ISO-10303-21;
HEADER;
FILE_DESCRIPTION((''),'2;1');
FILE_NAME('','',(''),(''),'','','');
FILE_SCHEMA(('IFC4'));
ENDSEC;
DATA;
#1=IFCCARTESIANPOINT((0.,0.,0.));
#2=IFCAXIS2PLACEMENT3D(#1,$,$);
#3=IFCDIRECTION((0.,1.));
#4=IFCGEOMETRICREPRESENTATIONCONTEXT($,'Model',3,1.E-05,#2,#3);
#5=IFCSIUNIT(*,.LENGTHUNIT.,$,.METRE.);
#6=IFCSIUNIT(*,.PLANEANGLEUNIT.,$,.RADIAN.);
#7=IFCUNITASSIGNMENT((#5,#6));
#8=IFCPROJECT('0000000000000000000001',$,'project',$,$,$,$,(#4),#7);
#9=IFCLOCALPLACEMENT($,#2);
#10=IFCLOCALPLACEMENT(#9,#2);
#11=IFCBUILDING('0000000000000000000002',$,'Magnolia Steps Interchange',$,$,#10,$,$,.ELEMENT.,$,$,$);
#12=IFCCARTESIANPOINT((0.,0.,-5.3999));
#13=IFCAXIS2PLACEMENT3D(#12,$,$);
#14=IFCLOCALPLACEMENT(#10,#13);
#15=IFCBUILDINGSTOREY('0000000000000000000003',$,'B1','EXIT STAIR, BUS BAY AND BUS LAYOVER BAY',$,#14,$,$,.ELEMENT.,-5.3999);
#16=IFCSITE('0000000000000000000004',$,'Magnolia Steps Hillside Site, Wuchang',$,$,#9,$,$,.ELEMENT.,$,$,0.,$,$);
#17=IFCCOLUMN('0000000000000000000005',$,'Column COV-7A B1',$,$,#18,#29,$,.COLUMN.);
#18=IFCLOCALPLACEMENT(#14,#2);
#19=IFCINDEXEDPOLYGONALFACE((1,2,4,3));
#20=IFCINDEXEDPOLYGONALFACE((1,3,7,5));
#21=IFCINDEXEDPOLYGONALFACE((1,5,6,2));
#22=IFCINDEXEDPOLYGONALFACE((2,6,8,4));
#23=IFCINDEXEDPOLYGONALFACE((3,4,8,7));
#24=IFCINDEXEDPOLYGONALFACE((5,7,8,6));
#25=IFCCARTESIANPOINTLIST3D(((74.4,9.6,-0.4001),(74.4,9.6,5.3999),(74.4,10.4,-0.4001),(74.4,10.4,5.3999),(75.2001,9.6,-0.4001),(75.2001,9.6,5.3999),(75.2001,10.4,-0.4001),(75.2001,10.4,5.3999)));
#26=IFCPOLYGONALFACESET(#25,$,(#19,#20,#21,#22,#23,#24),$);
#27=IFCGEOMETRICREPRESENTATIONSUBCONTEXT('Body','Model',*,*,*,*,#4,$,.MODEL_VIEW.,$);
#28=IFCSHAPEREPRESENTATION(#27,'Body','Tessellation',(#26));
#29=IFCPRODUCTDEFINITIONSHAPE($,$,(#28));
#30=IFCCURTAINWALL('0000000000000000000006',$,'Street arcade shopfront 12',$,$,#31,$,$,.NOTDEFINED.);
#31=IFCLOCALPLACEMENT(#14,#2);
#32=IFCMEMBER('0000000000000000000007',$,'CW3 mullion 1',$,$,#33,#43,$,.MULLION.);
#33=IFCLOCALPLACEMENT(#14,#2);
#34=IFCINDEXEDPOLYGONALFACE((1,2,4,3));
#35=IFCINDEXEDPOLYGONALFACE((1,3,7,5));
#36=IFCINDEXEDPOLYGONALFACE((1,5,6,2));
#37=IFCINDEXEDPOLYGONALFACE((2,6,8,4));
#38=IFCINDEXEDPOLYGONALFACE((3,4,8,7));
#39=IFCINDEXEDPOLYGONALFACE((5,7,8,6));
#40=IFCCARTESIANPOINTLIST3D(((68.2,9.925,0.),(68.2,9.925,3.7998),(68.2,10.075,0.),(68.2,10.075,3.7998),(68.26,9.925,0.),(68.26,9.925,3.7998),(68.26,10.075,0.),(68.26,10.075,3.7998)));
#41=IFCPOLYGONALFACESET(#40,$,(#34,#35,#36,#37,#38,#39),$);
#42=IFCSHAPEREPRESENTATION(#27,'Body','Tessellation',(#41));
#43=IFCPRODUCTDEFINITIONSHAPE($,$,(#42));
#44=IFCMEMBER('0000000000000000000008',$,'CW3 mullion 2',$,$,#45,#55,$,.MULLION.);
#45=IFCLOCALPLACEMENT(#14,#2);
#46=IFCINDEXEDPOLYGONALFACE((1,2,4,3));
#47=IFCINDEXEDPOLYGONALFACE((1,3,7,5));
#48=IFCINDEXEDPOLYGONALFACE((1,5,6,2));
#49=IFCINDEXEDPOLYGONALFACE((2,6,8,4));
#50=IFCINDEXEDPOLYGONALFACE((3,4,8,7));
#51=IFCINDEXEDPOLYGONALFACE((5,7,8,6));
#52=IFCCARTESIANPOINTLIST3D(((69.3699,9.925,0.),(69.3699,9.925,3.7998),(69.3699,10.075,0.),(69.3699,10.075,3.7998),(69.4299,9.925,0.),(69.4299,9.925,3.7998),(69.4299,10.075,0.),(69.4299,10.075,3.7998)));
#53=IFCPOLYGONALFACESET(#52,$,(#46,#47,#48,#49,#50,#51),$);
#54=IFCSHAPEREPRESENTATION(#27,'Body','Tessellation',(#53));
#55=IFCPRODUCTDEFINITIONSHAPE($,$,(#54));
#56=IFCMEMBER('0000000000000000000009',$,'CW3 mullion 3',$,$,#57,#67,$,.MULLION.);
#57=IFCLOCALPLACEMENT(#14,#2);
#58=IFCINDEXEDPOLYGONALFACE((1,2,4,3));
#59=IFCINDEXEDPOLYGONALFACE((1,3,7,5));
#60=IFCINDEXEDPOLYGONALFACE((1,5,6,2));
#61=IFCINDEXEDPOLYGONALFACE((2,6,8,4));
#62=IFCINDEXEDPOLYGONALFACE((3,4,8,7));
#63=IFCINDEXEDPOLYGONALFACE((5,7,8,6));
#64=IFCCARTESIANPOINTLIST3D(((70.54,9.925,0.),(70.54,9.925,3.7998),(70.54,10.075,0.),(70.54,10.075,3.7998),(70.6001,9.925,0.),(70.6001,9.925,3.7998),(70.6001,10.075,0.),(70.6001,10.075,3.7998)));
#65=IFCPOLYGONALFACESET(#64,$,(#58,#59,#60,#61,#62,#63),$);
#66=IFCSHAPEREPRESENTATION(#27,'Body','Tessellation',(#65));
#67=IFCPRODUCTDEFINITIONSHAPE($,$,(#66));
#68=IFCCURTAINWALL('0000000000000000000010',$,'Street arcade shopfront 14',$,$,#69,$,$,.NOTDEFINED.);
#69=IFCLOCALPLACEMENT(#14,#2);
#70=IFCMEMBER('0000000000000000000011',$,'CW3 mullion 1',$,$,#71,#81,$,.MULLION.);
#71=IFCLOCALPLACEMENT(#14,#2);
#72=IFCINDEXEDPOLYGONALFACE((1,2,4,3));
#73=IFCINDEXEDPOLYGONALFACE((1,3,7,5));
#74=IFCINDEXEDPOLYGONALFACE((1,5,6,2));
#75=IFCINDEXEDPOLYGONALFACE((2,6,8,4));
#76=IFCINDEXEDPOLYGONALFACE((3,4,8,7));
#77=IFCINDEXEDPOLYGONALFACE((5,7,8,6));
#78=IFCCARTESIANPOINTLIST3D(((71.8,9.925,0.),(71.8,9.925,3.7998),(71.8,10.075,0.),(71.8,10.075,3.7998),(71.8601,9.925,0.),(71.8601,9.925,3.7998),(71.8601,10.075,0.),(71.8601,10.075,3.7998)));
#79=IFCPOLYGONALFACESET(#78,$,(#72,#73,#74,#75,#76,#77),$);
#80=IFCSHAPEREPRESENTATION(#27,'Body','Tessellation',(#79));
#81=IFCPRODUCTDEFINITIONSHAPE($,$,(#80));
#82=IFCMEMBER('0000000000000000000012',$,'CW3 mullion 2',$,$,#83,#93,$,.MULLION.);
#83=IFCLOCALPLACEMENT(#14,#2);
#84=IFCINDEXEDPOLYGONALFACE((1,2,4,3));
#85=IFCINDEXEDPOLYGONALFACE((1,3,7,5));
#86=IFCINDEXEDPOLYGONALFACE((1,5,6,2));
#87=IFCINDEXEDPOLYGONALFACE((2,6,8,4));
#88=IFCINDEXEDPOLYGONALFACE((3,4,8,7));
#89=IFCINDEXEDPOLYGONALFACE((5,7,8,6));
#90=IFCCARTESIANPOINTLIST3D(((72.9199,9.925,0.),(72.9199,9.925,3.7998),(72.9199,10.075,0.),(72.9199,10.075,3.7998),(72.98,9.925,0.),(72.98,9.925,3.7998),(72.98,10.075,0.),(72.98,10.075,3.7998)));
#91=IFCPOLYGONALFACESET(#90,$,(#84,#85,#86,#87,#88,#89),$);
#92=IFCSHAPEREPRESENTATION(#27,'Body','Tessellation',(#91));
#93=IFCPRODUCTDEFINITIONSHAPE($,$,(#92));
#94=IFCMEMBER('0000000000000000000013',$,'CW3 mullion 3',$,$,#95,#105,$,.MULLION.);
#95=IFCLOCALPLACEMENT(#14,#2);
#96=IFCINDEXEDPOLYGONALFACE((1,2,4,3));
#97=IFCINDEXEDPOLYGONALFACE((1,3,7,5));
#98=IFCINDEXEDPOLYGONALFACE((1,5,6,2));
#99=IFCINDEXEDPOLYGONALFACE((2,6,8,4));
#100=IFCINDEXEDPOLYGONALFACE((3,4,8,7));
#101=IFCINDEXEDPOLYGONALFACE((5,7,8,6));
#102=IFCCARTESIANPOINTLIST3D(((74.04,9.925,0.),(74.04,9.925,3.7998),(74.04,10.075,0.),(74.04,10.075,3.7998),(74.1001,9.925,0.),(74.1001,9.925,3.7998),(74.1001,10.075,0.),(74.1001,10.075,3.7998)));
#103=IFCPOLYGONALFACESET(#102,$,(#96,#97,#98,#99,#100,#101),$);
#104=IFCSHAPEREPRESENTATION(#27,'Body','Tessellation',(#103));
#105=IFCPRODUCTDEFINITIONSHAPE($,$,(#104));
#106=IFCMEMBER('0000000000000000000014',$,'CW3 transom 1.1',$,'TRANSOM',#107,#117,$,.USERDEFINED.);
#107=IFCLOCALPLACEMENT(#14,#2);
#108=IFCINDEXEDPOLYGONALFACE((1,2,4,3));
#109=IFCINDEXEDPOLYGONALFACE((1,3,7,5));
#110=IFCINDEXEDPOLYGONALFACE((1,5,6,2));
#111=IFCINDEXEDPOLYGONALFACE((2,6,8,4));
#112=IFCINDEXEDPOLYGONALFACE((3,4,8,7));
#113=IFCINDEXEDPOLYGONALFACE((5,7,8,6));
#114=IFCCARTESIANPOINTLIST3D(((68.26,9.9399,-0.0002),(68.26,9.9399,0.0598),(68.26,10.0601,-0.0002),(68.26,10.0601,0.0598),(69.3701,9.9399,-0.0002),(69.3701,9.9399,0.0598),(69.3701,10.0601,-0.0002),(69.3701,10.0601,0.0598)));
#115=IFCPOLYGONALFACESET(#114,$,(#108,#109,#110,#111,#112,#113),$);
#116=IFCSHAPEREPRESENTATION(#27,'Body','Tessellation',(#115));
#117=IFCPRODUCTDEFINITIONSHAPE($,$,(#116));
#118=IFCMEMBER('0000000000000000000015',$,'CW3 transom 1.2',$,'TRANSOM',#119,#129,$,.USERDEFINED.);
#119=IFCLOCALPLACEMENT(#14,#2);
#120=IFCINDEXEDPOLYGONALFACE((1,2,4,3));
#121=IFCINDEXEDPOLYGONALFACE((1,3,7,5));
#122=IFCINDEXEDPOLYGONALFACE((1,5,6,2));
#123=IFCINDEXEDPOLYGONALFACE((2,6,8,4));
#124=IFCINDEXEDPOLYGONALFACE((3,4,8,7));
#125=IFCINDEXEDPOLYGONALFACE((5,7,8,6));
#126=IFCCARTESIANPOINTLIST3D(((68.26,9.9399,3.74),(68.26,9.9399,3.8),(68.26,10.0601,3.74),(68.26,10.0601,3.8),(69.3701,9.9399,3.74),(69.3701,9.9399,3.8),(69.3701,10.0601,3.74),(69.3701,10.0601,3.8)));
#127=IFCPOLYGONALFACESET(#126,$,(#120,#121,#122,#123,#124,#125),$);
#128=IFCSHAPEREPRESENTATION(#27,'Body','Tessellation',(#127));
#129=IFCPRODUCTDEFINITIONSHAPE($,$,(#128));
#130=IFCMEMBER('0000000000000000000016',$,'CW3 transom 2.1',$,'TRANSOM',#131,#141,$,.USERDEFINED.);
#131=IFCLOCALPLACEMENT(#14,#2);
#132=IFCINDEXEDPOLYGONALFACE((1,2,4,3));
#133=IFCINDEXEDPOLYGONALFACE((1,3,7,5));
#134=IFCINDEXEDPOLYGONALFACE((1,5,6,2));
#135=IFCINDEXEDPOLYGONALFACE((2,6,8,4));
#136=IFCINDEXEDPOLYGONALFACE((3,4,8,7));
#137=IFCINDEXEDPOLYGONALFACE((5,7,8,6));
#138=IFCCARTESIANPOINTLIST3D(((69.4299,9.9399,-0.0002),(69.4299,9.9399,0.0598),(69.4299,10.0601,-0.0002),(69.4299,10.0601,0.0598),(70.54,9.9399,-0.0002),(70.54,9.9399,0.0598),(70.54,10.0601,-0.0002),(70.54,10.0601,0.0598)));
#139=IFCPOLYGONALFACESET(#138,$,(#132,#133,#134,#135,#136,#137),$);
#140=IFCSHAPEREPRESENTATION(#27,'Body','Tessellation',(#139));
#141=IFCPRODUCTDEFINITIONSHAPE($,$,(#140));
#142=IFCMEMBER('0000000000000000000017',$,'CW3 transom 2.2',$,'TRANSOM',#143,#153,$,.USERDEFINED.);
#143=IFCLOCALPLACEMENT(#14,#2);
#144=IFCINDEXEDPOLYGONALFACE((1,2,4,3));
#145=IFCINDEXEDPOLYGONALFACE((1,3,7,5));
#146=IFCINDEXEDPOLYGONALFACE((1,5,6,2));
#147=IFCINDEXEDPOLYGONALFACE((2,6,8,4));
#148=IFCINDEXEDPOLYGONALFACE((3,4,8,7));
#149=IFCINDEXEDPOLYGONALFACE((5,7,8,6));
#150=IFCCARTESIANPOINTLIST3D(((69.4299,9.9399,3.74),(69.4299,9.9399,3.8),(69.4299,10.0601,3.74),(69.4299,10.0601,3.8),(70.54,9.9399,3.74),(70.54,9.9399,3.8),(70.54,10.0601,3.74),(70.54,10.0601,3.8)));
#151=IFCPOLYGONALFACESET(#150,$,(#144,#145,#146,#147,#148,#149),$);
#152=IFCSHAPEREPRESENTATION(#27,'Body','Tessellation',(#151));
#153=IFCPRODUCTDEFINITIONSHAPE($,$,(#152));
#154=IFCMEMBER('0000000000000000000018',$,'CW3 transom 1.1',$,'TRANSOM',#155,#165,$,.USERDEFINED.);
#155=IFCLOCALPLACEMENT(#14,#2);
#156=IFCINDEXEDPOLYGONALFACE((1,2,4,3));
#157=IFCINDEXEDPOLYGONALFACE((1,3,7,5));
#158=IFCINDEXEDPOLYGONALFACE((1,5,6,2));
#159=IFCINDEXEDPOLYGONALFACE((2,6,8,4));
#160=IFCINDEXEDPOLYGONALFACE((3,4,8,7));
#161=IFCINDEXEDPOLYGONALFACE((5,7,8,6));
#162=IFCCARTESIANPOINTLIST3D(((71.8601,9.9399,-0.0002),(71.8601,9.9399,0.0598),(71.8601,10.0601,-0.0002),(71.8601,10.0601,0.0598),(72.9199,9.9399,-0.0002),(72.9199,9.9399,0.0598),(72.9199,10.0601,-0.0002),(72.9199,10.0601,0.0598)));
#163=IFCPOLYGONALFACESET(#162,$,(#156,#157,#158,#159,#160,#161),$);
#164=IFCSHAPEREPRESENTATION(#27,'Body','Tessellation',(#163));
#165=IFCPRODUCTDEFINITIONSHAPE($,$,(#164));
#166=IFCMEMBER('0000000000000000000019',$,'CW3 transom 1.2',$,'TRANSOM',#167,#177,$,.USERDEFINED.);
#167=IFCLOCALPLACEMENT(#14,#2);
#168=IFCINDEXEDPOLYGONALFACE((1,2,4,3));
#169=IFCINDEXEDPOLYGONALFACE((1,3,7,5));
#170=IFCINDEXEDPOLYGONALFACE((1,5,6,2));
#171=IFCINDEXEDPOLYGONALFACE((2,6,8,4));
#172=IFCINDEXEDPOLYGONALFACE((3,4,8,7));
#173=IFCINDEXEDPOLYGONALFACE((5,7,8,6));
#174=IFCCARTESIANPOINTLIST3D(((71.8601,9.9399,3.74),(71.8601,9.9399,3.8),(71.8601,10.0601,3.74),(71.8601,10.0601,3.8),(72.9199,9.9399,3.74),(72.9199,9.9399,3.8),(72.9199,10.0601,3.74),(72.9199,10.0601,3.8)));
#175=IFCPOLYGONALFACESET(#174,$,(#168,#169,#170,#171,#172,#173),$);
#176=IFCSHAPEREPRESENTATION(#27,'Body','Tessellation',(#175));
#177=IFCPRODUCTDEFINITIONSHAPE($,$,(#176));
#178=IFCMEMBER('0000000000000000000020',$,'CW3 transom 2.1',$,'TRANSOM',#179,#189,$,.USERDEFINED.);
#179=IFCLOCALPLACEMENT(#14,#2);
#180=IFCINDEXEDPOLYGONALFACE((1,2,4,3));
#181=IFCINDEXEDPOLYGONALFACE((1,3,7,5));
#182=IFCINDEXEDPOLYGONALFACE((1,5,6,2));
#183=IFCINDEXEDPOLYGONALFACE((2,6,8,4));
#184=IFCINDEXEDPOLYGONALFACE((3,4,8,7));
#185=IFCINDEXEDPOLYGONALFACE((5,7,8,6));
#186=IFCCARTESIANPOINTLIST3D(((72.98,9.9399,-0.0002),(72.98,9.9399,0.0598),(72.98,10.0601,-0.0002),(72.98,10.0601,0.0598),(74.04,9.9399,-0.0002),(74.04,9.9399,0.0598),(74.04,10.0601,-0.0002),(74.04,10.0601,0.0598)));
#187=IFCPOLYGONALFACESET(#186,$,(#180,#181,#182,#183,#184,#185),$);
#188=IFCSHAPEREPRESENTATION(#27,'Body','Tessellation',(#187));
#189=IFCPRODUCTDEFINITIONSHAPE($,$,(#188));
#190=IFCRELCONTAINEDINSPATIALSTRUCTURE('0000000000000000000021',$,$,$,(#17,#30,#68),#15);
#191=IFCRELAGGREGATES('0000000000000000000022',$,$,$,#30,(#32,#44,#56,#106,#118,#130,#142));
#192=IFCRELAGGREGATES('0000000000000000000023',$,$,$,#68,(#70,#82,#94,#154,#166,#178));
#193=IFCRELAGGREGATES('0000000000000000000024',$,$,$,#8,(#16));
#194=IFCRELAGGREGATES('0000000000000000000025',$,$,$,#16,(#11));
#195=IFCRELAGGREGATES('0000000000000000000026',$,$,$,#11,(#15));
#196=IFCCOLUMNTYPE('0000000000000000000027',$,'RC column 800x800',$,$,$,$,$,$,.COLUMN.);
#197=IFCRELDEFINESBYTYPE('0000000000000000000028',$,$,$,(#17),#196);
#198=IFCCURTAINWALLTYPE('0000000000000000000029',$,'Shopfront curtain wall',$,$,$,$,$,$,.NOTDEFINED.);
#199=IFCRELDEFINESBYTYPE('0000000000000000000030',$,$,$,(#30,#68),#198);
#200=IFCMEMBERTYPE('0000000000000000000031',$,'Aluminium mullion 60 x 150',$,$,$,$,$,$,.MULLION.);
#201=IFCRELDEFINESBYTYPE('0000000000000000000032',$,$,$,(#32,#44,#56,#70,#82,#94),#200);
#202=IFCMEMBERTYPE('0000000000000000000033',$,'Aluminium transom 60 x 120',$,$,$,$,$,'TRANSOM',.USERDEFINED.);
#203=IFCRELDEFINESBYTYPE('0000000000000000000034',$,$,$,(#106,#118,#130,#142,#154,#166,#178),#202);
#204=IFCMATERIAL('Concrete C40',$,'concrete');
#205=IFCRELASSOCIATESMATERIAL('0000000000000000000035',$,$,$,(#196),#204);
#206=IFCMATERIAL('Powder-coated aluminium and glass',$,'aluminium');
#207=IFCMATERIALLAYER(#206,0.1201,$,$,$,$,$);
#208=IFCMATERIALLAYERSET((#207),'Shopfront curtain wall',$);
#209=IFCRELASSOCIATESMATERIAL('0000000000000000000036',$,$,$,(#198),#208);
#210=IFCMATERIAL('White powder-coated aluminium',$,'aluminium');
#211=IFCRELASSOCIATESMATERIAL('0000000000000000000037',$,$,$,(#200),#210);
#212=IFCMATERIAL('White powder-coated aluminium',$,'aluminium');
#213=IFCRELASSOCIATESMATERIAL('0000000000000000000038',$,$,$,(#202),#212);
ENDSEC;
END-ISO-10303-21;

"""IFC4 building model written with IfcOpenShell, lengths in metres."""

from ifc_helpers import new_model, si_unit, direction, frame, origin, origin_2d, place, context, subcontext, project, spatial, rectangle, extrude, material, layer, layer_set, material_profile, profile_set, type_object, element, aggregate, save


model = new_model("IFC4")

# Units and contexts
model_context = context("Model", 3, precision=1e-05, world=origin(), true_north=direction((0.0, 1.0)))
body_context = subcontext(model_context, "Body", "Model", "MODEL_VIEW")
ifc_project = project(units=[si_unit("LENGTHUNIT", "METRE"), si_unit("PLANEANGLEUNIT", "RADIAN")], contexts=[model_context])

# Site, building, storey
site_placement = place(None, origin())
site = spatial("IfcSite", under=ifc_project, at=site_placement, Name="Magnolia Steps Hillside Site, Wuchang", CompositionType="ELEMENT", RefElevation=0.0)
building_placement = place(site_placement, origin())
building = spatial("IfcBuilding", under=site, at=building_placement, Name="Magnolia Steps Interchange", CompositionType="ELEMENT")
storey_placement = place(building_placement, frame((0.0, 0.0, -5.3999)))
storey = spatial("IfcBuildingStorey", under=building, at=storey_placement, Name="B1", Description="EXIT STAIR, BUS BAY AND BUS LAYOVER BAY", CompositionType="ELEMENT", Elevation=-5.3999)

# Column
ifc_material_1 = material(Name="Concrete C40", Category="concrete")
ifc_material_profile_1 = material_profile(ifc_material_1, rectangle(XDim=0.8, YDim=0.8, at=origin_2d()), Name="RC800x800")
ifc_profile_set_1 = profile_set([ifc_material_profile_1], Name="Concrete C40")
column_type = type_object("IfcColumnType", Name="RC column 800x800", PredefinedType="COLUMN", material=ifc_profile_set_1)
column_placement = place(storey_placement, frame((74.8, 10.0, -0.4001), z_axis=(0.0, 0.0, 1.0), x_axis=(1.0, 0.0, 0.0)))
element("IfcColumn", 1, at=column_placement, inside=storey, type_object=column_type, Name="Column COV-7A B1", PredefinedType="COLUMN", context=body_context, shape_type="SweptSolid", body=[
    extrude(rectangle(XDim=0.8, YDim=0.8, at=origin_2d()), origin(), (0.0, 0.0, 1.0), 5.8),
])

# Curtain walls, members
ifc_material_2 = material(Name="Powder-coated aluminium and glass", Category="aluminium")
ifc_layer_1 = layer(ifc_material_2, 0.1201)
ifc_layer_set_1 = layer_set([ifc_layer_1], Name="Shopfront curtain wall")
curtain_wall_type = type_object("IfcCurtainWallType", Name="Shopfront curtain wall", PredefinedType="NOTDEFINED", material=ifc_layer_set_1)
curtain_wall_1_placement = place(storey_placement, origin())
curtain_wall_1 = element("IfcCurtainWall", 2, at=curtain_wall_1_placement, inside=storey, type_object=curtain_wall_type, Name="Street arcade shopfront 12", PredefinedType="NOTDEFINED")
ifc_material_3 = material(Name="White powder-coated aluminium", Category="aluminium")
ifc_material_profile_2 = material_profile(ifc_material_3, rectangle(XDim=0.0601, YDim=0.1499, at=origin_2d()), Name="Aluminium mullion 60 x 150")
ifc_profile_set_2 = profile_set([ifc_material_profile_2], Name="White powder-coated aluminium")
member_type_1 = type_object("IfcMemberType", Name="Aluminium mullion 60 x 150", PredefinedType="MULLION", material=ifc_profile_set_2)
member_1_placement = place(storey_placement, frame((68.23, 10.0, 0.0), z_axis=(0.0, 0.0, 1.0), x_axis=(1.0, 0.0, 0.0)))
member_1 = element("IfcMember", 3, at=member_1_placement, type_object=member_type_1, Name="CW3 mullion 1", PredefinedType="MULLION", context=body_context, shape_type="SweptSolid", body=[
    extrude(rectangle(XDim=0.0601, YDim=0.1499, at=origin_2d()), origin(), (0.0, 0.0, 1.0), 3.7998),
])
member_2_placement = place(storey_placement, frame((69.3999, 10.0, 0.0), z_axis=(0.0, 0.0, 1.0), x_axis=(1.0, 0.0, 0.0)))
member_2 = element("IfcMember", 4, at=member_2_placement, type_object=member_type_1, Name="CW3 mullion 2", PredefinedType="MULLION", context=body_context, shape_type="SweptSolid", body=[
    extrude(rectangle(XDim=0.0601, YDim=0.1499, at=origin_2d()), origin(), (0.0, 0.0, 1.0), 3.7998),
])
member_3_placement = place(storey_placement, frame((70.5701, 10.0, 0.0), z_axis=(0.0, 0.0, 1.0), x_axis=(1.0, 0.0, 0.0)))
member_3 = element("IfcMember", 5, at=member_3_placement, type_object=member_type_1, Name="CW3 mullion 3", PredefinedType="MULLION", context=body_context, shape_type="SweptSolid", body=[
    extrude(rectangle(XDim=0.0601, YDim=0.1499, at=origin_2d()), origin(), (0.0, 0.0, 1.0), 3.7998),
])
curtain_wall_2_placement = place(storey_placement, origin())
curtain_wall_2 = element("IfcCurtainWall", 6, at=curtain_wall_2_placement, inside=storey, type_object=curtain_wall_type, Name="Street arcade shopfront 14", PredefinedType="NOTDEFINED")
member_4_placement = place(storey_placement, frame((71.8301, 10.0, 0.0), z_axis=(0.0, 0.0, 1.0), x_axis=(1.0, 0.0, 0.0)))
member_4 = element("IfcMember", 7, at=member_4_placement, type_object=member_type_1, Name="CW3 mullion 1", PredefinedType="MULLION", context=body_context, shape_type="SweptSolid", body=[
    extrude(rectangle(XDim=0.0601, YDim=0.1499, at=origin_2d()), origin(), (0.0, 0.0, 1.0), 3.7998),
])
member_5_placement = place(storey_placement, frame((72.95, 10.0, 0.0), z_axis=(0.0, 0.0, 1.0), x_axis=(1.0, 0.0, 0.0)))
member_5 = element("IfcMember", 8, at=member_5_placement, type_object=member_type_1, Name="CW3 mullion 2", PredefinedType="MULLION", context=body_context, shape_type="SweptSolid", body=[
    extrude(rectangle(XDim=0.0601, YDim=0.1499, at=origin_2d()), origin(), (0.0, 0.0, 1.0), 3.7998),
])
member_6_placement = place(storey_placement, frame((74.0701, 10.0, 0.0), z_axis=(0.0, 0.0, 1.0), x_axis=(1.0, 0.0, 0.0)))
member_6 = element("IfcMember", 9, at=member_6_placement, type_object=member_type_1, Name="CW3 mullion 3", PredefinedType="MULLION", context=body_context, shape_type="SweptSolid", body=[
    extrude(rectangle(XDim=0.0601, YDim=0.1499, at=origin_2d()), origin(), (0.0, 0.0, 1.0), 3.7998),
])

# Members
ifc_material_4 = material(Name="White powder-coated aluminium", Category="aluminium")
ifc_material_profile_3 = material_profile(ifc_material_4, rectangle(XDim=0.0601, YDim=0.1201, at=origin_2d()), Name="Aluminium transom 60 x 120")
ifc_profile_set_3 = profile_set([ifc_material_profile_3], Name="White powder-coated aluminium")
member_type_2 = type_object("IfcMemberType", Name="Aluminium transom 60 x 120", ElementType="TRANSOM", PredefinedType="USERDEFINED", material=ifc_profile_set_3)
member_7_placement = place(storey_placement, frame((68.26, 10.0, 0.0298), z_axis=(1.0, 0.0, 0.0), x_axis=(0.0, 0.0, 1.0)))
member_7 = element("IfcMember", 10, at=member_7_placement, type_object=member_type_2, Name="CW3 transom 1.1", ObjectType="TRANSOM", PredefinedType="USERDEFINED", context=body_context, shape_type="SweptSolid", body=[
    extrude(rectangle(XDim=0.0601, YDim=0.1201, at=origin_2d()), origin(), (0.0, 0.0, 1.0), 1.1101),
])
member_8_placement = place(storey_placement, frame((68.26, 10.0, 3.77), z_axis=(1.0, 0.0, 0.0), x_axis=(0.0, 0.0, 1.0)))
member_8 = element("IfcMember", 11, at=member_8_placement, type_object=member_type_2, Name="CW3 transom 1.2", ObjectType="TRANSOM", PredefinedType="USERDEFINED", context=body_context, shape_type="SweptSolid", body=[
    extrude(rectangle(XDim=0.0601, YDim=0.1201, at=origin_2d()), origin(), (0.0, 0.0, 1.0), 1.1101),
])
member_9_placement = place(storey_placement, frame((69.4299, 10.0, 0.0298), z_axis=(1.0, 0.0, 0.0), x_axis=(0.0, 0.0, 1.0)))
member_9 = element("IfcMember", 12, at=member_9_placement, type_object=member_type_2, Name="CW3 transom 2.1", ObjectType="TRANSOM", PredefinedType="USERDEFINED", context=body_context, shape_type="SweptSolid", body=[
    extrude(rectangle(XDim=0.0601, YDim=0.1201, at=origin_2d()), origin(), (0.0, 0.0, 1.0), 1.1101),
])
member_10_placement = place(storey_placement, frame((69.4299, 10.0, 3.77), z_axis=(1.0, 0.0, 0.0), x_axis=(0.0, 0.0, 1.0)))
member_10 = element("IfcMember", 13, at=member_10_placement, type_object=member_type_2, Name="CW3 transom 2.2", ObjectType="TRANSOM", PredefinedType="USERDEFINED", context=body_context, shape_type="SweptSolid", body=[
    extrude(rectangle(XDim=0.0601, YDim=0.1201, at=origin_2d()), origin(), (0.0, 0.0, 1.0), 1.1101),
])
member_11_placement = place(storey_placement, frame((71.8601, 10.0, 0.0298), z_axis=(1.0, 0.0, 0.0), x_axis=(0.0, 0.0, 1.0)))
member_11 = element("IfcMember", 14, at=member_11_placement, type_object=member_type_2, Name="CW3 transom 1.1", ObjectType="TRANSOM", PredefinedType="USERDEFINED", context=body_context, shape_type="SweptSolid", body=[
    extrude(rectangle(XDim=0.0601, YDim=0.1201, at=origin_2d()), origin(), (0.0, 0.0, 1.0), 1.0598),
])
member_12_placement = place(storey_placement, frame((71.8601, 10.0, 3.77), z_axis=(1.0, 0.0, 0.0), x_axis=(0.0, 0.0, 1.0)))
member_12 = element("IfcMember", 15, at=member_12_placement, type_object=member_type_2, Name="CW3 transom 1.2", ObjectType="TRANSOM", PredefinedType="USERDEFINED", context=body_context, shape_type="SweptSolid", body=[
    extrude(rectangle(XDim=0.0601, YDim=0.1201, at=origin_2d()), origin(), (0.0, 0.0, 1.0), 1.0598),
])
member_13_placement = place(storey_placement, frame((72.98, 10.0, 0.0298), z_axis=(1.0, 0.0, 0.0), x_axis=(0.0, 0.0, 1.0)))
member_13 = element("IfcMember", 16, at=member_13_placement, type_object=member_type_2, Name="CW3 transom 2.1", ObjectType="TRANSOM", PredefinedType="USERDEFINED", context=body_context, shape_type="SweptSolid", body=[
    extrude(rectangle(XDim=0.0601, YDim=0.1201, at=origin_2d()), origin(), (0.0, 0.0, 1.0), 1.0601),
])

aggregate(curtain_wall_1, [member_1, member_2, member_3, member_7, member_8, member_9, member_10])
aggregate(curtain_wall_2, [member_4, member_5, member_6, member_11, member_12, member_13])

save(model, "model.ifc")
